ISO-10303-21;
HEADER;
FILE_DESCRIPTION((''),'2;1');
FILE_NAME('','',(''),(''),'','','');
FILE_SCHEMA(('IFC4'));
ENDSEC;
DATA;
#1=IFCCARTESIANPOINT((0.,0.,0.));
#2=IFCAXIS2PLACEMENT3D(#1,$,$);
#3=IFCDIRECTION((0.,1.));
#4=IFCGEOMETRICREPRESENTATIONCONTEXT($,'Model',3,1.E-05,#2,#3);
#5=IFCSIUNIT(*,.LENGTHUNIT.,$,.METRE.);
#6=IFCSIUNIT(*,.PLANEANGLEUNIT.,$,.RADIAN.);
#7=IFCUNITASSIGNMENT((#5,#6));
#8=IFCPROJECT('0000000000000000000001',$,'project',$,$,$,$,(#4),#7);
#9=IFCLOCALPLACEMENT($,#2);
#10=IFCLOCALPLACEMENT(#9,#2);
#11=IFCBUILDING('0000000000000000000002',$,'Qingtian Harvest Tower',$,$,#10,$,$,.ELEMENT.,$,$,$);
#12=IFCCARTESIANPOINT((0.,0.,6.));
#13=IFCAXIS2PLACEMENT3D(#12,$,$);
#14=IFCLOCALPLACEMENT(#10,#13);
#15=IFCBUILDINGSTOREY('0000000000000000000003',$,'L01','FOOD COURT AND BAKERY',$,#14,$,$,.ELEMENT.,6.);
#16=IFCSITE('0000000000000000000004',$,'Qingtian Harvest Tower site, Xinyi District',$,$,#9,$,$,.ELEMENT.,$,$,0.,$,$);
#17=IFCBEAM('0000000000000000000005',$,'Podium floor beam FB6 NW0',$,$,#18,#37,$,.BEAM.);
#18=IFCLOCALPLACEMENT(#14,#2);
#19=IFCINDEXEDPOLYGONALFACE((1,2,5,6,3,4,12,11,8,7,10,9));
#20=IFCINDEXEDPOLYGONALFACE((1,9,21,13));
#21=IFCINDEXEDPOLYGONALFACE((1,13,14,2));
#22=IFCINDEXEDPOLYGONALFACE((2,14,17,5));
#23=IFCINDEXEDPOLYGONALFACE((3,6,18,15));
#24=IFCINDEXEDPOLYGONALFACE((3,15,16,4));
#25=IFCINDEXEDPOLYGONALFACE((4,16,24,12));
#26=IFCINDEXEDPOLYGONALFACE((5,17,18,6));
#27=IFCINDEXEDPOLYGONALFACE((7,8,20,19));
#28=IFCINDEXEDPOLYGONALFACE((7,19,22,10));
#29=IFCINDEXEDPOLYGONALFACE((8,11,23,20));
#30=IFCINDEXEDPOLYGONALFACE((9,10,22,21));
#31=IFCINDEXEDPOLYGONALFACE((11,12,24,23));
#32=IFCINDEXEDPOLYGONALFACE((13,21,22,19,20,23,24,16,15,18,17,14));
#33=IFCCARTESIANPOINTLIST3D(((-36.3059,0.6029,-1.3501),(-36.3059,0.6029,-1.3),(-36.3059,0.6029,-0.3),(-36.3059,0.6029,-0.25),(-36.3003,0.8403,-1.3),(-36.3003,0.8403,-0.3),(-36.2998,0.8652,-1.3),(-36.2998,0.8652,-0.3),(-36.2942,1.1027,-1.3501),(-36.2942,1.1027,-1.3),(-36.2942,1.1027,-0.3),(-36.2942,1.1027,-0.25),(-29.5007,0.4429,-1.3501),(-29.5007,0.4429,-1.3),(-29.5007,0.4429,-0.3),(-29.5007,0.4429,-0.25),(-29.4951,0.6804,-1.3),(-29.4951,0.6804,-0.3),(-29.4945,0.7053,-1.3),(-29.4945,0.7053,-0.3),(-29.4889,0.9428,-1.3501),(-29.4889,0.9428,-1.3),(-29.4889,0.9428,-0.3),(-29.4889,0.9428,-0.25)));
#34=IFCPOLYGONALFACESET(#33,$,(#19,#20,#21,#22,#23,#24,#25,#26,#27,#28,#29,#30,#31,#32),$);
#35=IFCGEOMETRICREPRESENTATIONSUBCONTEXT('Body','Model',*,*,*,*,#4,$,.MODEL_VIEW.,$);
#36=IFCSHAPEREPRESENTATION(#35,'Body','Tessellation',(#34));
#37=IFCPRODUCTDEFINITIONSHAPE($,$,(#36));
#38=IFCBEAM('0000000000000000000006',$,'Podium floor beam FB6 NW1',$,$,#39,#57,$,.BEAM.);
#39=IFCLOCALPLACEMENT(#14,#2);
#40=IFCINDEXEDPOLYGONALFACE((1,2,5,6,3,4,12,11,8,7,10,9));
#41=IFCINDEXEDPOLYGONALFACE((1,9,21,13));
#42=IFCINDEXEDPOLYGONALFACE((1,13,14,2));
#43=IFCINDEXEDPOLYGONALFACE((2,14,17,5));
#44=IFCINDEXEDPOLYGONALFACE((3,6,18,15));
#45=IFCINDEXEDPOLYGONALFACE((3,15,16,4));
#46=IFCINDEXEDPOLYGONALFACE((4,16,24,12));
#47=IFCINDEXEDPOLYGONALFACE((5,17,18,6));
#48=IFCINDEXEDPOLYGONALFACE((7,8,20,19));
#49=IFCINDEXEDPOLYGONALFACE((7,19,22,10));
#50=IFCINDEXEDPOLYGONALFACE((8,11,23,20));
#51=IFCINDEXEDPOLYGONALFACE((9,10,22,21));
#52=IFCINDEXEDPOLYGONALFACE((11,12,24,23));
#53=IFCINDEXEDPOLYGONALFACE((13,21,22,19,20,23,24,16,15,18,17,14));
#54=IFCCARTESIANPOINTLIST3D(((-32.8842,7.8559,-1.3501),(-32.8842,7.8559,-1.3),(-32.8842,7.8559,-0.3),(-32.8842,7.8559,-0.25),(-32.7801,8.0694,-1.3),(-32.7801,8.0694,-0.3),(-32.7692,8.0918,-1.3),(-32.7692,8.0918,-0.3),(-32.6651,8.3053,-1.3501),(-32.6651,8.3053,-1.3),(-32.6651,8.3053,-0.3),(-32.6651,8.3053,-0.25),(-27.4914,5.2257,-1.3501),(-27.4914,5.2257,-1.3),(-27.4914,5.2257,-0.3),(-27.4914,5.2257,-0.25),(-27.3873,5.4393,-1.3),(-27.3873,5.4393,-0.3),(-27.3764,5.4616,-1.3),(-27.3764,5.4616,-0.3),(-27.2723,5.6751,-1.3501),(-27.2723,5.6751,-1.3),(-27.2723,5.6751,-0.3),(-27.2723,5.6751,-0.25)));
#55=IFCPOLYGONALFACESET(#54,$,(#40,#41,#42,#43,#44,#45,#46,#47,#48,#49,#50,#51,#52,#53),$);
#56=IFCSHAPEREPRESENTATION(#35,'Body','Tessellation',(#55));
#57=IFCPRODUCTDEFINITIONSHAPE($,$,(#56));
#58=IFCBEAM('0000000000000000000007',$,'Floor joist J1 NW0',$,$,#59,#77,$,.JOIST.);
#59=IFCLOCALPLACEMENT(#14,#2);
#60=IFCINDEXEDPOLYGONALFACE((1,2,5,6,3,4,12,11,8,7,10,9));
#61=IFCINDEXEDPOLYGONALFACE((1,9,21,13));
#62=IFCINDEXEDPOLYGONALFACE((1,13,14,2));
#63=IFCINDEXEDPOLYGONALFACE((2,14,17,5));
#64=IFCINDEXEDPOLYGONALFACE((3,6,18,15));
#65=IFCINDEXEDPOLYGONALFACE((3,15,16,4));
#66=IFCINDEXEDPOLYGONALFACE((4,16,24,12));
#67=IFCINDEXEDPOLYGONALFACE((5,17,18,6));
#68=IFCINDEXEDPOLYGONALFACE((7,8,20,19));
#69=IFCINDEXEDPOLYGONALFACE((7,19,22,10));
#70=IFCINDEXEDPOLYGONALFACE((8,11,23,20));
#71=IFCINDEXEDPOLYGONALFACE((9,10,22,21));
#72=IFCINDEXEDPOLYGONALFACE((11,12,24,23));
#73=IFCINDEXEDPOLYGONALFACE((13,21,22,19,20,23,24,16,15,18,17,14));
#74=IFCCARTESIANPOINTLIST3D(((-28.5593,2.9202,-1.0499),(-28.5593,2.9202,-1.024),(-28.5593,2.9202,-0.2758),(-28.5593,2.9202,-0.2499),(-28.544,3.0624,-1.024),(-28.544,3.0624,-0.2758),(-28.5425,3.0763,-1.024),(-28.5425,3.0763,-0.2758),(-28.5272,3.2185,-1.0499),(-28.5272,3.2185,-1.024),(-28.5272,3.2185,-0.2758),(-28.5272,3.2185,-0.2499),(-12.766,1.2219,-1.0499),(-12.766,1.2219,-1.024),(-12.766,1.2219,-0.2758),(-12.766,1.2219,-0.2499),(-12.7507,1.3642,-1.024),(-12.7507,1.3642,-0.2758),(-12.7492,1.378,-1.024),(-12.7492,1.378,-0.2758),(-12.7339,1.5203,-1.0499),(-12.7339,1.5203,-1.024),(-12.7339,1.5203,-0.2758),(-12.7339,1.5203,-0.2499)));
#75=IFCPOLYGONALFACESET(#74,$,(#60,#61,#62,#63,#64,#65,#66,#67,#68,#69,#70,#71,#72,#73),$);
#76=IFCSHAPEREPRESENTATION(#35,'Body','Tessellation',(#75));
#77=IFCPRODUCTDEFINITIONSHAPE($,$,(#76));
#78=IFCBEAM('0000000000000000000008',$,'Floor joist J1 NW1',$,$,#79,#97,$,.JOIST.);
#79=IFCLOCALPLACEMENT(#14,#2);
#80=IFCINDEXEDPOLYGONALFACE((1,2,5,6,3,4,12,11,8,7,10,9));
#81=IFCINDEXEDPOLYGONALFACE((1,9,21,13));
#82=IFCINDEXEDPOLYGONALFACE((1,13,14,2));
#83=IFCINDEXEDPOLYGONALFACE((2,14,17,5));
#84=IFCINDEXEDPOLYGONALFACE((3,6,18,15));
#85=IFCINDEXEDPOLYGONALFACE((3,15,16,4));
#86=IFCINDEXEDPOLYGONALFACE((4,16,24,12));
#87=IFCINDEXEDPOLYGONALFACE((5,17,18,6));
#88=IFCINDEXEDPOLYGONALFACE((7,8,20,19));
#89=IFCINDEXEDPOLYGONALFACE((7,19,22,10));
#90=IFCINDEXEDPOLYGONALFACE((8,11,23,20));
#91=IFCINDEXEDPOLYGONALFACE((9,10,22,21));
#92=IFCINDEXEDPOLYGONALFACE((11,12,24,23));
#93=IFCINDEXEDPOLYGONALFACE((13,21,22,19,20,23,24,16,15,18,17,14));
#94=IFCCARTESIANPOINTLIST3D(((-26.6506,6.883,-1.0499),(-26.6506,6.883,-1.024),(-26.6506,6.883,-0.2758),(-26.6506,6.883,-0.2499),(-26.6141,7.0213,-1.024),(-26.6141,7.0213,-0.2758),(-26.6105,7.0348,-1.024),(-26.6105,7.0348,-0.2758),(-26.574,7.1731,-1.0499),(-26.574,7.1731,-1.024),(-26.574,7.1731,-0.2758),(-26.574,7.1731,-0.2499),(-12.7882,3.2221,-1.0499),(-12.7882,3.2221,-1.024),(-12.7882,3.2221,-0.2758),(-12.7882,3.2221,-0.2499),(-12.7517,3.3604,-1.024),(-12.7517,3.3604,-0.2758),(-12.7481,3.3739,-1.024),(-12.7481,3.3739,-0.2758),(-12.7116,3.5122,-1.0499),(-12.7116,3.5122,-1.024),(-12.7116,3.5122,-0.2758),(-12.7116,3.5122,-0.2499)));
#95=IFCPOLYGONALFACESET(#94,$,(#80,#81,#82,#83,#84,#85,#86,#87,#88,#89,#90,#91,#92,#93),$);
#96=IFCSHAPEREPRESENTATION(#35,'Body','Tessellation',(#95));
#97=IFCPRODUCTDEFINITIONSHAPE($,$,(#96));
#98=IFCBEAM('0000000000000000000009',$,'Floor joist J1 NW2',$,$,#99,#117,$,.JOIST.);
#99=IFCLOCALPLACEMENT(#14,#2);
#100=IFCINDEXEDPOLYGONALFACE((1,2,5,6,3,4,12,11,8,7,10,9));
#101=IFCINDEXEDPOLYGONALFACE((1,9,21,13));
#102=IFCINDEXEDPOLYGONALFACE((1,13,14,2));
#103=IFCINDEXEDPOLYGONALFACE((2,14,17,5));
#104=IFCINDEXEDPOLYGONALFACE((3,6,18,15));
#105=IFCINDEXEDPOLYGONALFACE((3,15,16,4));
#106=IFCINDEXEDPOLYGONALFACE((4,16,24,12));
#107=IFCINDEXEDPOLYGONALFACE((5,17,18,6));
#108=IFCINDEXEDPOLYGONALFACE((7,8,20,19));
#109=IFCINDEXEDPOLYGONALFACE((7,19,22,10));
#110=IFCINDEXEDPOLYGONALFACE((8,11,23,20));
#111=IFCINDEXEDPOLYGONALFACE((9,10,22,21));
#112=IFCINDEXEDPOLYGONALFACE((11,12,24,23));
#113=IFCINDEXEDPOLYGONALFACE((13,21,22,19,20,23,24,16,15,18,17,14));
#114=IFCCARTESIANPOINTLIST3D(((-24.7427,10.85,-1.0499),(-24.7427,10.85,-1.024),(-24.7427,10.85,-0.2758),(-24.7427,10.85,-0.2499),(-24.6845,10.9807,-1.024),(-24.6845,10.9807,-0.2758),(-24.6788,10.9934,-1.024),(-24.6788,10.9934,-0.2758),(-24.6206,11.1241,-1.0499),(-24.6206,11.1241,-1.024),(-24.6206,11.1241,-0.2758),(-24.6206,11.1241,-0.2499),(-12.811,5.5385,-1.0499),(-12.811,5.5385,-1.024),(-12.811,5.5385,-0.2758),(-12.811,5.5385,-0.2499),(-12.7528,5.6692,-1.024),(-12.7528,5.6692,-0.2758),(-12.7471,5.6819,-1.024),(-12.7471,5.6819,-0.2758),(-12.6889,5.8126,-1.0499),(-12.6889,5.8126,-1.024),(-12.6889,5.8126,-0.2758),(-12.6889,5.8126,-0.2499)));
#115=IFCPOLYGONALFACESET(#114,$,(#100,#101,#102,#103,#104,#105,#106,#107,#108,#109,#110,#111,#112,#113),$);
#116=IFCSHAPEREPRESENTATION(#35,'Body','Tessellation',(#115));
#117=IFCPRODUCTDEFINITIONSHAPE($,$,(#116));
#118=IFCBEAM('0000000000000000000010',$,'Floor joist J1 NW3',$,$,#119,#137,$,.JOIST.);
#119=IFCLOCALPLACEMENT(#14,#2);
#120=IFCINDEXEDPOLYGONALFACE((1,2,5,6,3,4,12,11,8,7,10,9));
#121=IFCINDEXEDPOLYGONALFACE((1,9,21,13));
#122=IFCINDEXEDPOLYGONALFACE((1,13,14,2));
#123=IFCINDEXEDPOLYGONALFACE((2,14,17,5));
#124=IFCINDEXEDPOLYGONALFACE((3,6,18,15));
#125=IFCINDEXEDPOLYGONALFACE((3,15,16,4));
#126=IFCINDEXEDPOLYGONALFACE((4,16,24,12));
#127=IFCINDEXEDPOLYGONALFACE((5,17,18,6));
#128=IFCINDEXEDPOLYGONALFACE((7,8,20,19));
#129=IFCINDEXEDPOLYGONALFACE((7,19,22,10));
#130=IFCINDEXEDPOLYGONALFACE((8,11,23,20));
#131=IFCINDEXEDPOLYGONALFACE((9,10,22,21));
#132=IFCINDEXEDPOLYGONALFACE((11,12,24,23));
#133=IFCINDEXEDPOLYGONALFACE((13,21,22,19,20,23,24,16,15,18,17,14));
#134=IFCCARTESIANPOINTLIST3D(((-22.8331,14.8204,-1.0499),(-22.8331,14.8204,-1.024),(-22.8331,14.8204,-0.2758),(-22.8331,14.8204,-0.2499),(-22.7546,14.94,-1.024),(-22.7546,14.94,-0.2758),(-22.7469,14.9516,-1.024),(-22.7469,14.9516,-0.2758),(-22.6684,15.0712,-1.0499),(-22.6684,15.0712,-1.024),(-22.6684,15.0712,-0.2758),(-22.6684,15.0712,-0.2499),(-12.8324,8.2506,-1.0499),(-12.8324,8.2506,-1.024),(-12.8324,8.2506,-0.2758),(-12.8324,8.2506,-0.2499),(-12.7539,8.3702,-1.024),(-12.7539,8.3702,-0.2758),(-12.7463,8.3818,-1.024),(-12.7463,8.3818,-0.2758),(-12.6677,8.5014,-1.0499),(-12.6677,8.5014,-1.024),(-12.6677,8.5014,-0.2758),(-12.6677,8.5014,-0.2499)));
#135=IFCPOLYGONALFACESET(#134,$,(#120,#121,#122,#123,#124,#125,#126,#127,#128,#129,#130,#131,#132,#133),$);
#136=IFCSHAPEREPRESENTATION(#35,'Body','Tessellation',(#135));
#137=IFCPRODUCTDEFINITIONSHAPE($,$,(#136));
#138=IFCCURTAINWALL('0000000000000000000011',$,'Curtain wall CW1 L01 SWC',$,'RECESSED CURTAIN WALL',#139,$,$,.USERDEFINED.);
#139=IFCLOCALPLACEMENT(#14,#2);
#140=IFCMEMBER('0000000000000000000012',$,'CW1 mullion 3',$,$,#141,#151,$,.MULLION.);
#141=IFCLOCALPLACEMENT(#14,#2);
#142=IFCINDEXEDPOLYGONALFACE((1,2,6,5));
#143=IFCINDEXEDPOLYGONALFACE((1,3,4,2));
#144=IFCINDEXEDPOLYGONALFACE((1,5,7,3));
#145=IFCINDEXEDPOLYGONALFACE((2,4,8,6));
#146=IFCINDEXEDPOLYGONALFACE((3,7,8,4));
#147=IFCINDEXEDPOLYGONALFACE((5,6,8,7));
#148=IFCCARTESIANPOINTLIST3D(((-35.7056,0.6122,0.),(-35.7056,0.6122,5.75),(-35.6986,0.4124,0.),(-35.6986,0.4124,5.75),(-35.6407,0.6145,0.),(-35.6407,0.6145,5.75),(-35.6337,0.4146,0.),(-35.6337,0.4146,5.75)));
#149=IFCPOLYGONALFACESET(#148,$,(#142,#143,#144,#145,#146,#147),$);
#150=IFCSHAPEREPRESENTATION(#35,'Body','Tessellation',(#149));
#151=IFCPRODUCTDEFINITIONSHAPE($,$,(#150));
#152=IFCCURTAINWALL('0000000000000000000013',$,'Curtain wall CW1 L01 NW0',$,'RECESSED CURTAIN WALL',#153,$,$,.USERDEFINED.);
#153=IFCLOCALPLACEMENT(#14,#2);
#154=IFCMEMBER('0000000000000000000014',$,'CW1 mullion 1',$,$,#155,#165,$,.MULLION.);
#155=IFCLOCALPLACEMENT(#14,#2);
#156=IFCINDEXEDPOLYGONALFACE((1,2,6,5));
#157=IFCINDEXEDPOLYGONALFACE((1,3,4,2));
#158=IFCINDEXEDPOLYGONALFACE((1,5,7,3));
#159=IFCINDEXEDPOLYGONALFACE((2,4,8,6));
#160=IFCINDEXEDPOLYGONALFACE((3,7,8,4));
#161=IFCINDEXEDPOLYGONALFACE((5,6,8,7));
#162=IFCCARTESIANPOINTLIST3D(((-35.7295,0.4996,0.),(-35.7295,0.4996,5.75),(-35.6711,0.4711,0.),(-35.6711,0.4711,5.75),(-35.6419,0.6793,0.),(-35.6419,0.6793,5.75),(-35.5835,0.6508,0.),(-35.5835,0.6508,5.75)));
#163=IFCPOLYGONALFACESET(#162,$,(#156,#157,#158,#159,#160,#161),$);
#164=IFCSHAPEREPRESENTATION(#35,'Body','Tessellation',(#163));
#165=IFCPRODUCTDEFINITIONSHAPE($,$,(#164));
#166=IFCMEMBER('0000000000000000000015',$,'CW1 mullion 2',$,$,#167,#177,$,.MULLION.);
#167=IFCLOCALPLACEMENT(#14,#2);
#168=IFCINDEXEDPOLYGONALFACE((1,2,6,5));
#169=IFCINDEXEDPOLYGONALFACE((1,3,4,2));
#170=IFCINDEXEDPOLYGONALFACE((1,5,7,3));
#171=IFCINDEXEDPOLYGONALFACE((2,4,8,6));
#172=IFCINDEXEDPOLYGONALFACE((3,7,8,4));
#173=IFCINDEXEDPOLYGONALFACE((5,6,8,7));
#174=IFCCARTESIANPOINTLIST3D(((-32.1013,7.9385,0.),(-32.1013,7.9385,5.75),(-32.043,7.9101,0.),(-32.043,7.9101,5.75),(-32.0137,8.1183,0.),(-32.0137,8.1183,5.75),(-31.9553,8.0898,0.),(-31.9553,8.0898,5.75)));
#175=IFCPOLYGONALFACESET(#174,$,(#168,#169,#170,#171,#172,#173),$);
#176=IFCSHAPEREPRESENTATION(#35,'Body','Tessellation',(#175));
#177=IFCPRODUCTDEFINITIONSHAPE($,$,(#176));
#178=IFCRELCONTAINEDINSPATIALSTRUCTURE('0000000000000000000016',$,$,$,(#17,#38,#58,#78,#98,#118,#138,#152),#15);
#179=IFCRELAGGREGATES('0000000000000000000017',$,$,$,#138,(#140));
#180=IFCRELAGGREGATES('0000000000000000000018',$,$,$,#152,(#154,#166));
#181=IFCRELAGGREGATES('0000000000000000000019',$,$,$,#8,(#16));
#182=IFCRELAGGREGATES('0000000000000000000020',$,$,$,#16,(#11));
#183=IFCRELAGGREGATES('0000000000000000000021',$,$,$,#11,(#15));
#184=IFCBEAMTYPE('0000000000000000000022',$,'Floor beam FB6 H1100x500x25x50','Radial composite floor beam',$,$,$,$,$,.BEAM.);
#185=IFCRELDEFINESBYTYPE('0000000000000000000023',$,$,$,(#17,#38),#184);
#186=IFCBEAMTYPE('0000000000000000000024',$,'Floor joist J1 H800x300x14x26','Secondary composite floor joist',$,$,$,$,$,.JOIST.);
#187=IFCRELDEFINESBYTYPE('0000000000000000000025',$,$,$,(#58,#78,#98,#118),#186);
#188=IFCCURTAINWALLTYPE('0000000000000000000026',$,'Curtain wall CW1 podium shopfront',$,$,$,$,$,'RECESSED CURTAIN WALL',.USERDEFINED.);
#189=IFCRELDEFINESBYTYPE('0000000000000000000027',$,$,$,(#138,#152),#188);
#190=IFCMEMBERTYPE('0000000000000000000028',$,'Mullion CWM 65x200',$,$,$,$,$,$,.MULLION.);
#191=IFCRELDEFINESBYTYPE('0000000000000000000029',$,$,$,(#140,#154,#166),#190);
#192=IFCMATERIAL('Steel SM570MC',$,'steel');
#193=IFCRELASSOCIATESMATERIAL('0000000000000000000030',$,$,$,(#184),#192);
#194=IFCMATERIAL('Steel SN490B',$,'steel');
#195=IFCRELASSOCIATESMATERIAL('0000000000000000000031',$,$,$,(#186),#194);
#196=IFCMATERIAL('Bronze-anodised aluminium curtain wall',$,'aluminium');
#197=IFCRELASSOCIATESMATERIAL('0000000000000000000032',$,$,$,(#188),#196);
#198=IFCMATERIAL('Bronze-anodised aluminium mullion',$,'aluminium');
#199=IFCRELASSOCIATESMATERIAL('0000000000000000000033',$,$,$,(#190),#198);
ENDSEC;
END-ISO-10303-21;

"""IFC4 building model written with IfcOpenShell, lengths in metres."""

from ifc_helpers import new_model, si_unit, direction, frame, origin, origin_2d, place, context, subcontext, project, spatial, rectangle, i_section, extrude, material, material_profile, profile_set, type_object, element, aggregate, save


model = new_model("IFC4")

# Units and contexts
model_context = context("Model", 3, precision=1e-05, world=origin(), true_north=direction((0.0, 1.0)))
body_context = subcontext(model_context, "Body", "Model", "MODEL_VIEW")
ifc_project = project(units=[si_unit("LENGTHUNIT", "METRE"), si_unit("PLANEANGLEUNIT", "RADIAN")], contexts=[model_context])

# Site, building, storey
site_placement = place(None, origin())
site = spatial("IfcSite", under=ifc_project, at=site_placement, Name="Qingtian Harvest Tower site, Xinyi District", CompositionType="ELEMENT", RefElevation=0.0)
building_placement = place(site_placement, origin())
building = spatial("IfcBuilding", under=site, at=building_placement, Name="Qingtian Harvest Tower", CompositionType="ELEMENT")
storey_placement = place(building_placement, frame((0.0, 0.0, 6.0)))
storey = spatial("IfcBuildingStorey", under=building, at=storey_placement, Name="L01", Description="FOOD COURT AND BAKERY", CompositionType="ELEMENT", Elevation=6.0)

# Beams
ifc_material_1 = material(Name="Steel SM570MC", Category="steel")
ifc_material_profile_1 = material_profile(ifc_material_1, i_section(OverallWidth=0.5, OverallDepth=1.1001, WebThickness=0.0249, FlangeThickness=0.05, at=origin_2d()), Name="H1100x500x25x50")
ifc_profile_set_1 = profile_set([ifc_material_profile_1], Name="Steel SM570MC")
beam_type_1 = type_object("IfcBeamType", Name="Floor beam FB6 H1100x500x25x50", Description="Radial composite floor beam", PredefinedType="BEAM", material=ifc_profile_set_1)
beam_1_placement = place(storey_placement, frame((-36.3, 0.8528, -0.8), z_axis=(0.999724, -0.023492, 0.0), x_axis=(0.023492, 0.999724, 0.0)))
element("IfcBeam", 1, at=beam_1_placement, inside=storey, type_object=beam_type_1, Name="Podium floor beam FB6 NW0", PredefinedType="BEAM", context=body_context, shape_type="SweptSolid", body=[
    extrude(i_section(OverallWidth=0.5, OverallDepth=1.1001, WebThickness=0.0249, FlangeThickness=0.05, at=origin_2d()), origin(), (0.0, 0.0, 1.0), 6.8071),
])
beam_2_placement = place(storey_placement, frame((-32.7747, 8.0806, -0.8), z_axis=(0.898802, -0.438354, 0.0), x_axis=(0.438354, 0.898802, 0.0)))
element("IfcBeam", 2, at=beam_2_placement, inside=storey, type_object=beam_type_1, Name="Podium floor beam FB6 NW1", PredefinedType="BEAM", context=body_context, shape_type="SweptSolid", body=[
    extrude(i_section(OverallWidth=0.5, OverallDepth=1.1001, WebThickness=0.0249, FlangeThickness=0.05, at=origin_2d()), origin(), (0.0, 0.0, 1.0), 6.0),
])
ifc_material_2 = material(Name="Steel SN490B", Category="steel")
ifc_material_profile_2 = material_profile(ifc_material_2, i_section(OverallWidth=0.3, OverallDepth=0.8, WebThickness=0.0139, FlangeThickness=0.0259, at=origin_2d()), Name="H800x300x14x26")
ifc_profile_set_2 = profile_set([ifc_material_profile_2], Name="Steel SN490B")
beam_type_2 = type_object("IfcBeamType", Name="Floor joist J1 H800x300x14x26", Description="Secondary composite floor joist", PredefinedType="JOIST", material=ifc_profile_set_2)
beam_3_placement = place(storey_placement, frame((-28.5432, 3.0693, -0.6499), z_axis=(0.994268, -0.106914, 0.0), x_axis=(0.106914, 0.994268, 0.0)))
element("IfcBeam", 3, at=beam_3_placement, inside=storey, type_object=beam_type_2, Name="Floor joist J1 NW0", PredefinedType="JOIST", context=body_context, shape_type="SweptSolid", body=[
    extrude(i_section(OverallWidth=0.3, OverallDepth=0.8, WebThickness=0.0139, FlangeThickness=0.0259, at=origin_2d()), origin(), (0.0, 0.0, 1.0), 15.8843),
])
beam_4_placement = place(storey_placement, frame((-26.6123, 7.0281, -0.6499), z_axis=(0.966852, -0.255336, 0.0), x_axis=(0.255336, 0.966852, 0.0)))
element("IfcBeam", 4, at=beam_4_placement, inside=storey, type_object=beam_type_2, Name="Floor joist J1 NW1", PredefinedType="JOIST", context=body_context, shape_type="SweptSolid", body=[
    extrude(i_section(OverallWidth=0.3, OverallDepth=0.8, WebThickness=0.0139, FlangeThickness=0.0259, at=origin_2d()), origin(), (0.0, 0.0, 1.0), 14.3376),
])
beam_5_placement = place(storey_placement, frame((-24.6816, 10.9871, -0.6499), z_axis=(0.913568, -0.406686, 0.0), x_axis=(0.406686, 0.913568, 0.0)))
element("IfcBeam", 5, at=beam_5_placement, inside=storey, type_object=beam_type_2, Name="Floor joist J1 NW2", PredefinedType="JOIST", context=body_context, shape_type="SweptSolid", body=[
    extrude(i_section(OverallWidth=0.3, OverallDepth=0.8, WebThickness=0.0139, FlangeThickness=0.0259, at=origin_2d()), origin(), (0.0, 0.0, 1.0), 13.0605),
])
beam_6_placement = place(storey_placement, frame((-22.7507, 14.9458, -0.6499), z_axis=(0.835785, -0.549056, 0.0), x_axis=(0.549056, 0.835785, 0.0)))
element("IfcBeam", 6, at=beam_6_placement, inside=storey, type_object=beam_type_2, Name="Floor joist J1 NW3", PredefinedType="JOIST", context=body_context, shape_type="SweptSolid", body=[
    extrude(i_section(OverallWidth=0.3, OverallDepth=0.8, WebThickness=0.0139, FlangeThickness=0.0259, at=origin_2d()), origin(), (0.0, 0.0, 1.0), 11.9656),
])

# Curtain wall, member
ifc_material_3 = material(Name="Bronze-anodised aluminium curtain wall", Category="aluminium")
curtain_wall_type = type_object("IfcCurtainWallType", Name="Curtain wall CW1 podium shopfront", ElementType="RECESSED CURTAIN WALL", PredefinedType="USERDEFINED", material=ifc_material_3)
curtain_wall_1_placement = place(storey_placement, origin())
curtain_wall_1 = element("IfcCurtainWall", 7, at=curtain_wall_1_placement, inside=storey, type_object=curtain_wall_type, Name="Curtain wall CW1 L01 SWC", ObjectType="RECESSED CURTAIN WALL", PredefinedType="USERDEFINED")
ifc_material_4 = material(Name="Bronze-anodised aluminium mullion", Category="aluminium")
ifc_material_profile_3 = material_profile(ifc_material_4, rectangle(XDim=0.0649, YDim=0.2, at=origin_2d()), Name="AL 65x200")
ifc_profile_set_3 = profile_set([ifc_material_profile_3], Name="Bronze-anodised aluminium mullion")
member_type_1 = type_object("IfcMemberType", Name="Mullion CWM 65x200", PredefinedType="MULLION", material=ifc_profile_set_3)
member_1_placement = place(storey_placement, frame((-35.6697, 0.5134, 0.0), z_axis=(0.0, 0.0, 1.0), x_axis=(-0.999391, -0.034899, 0.0)))
member_1 = element("IfcMember", 8, at=member_1_placement, type_object=member_type_1, Name="CW1 mullion 3", PredefinedType="MULLION", context=body_context, shape_type="SweptSolid", body=[
    extrude(rectangle(XDim=0.0649, YDim=0.2, at=origin_2d()), origin(), (0.0, 0.0, 1.0), 5.75),
])
aggregate(curtain_wall_1, [member_1])

# Curtain wall, members
curtain_wall_2_placement = place(storey_placement, origin())
curtain_wall_2 = element("IfcCurtainWall", 9, at=curtain_wall_2_placement, inside=storey, type_object=curtain_wall_type, Name="Curtain wall CW1 L01 NW0", ObjectType="RECESSED CURTAIN WALL", PredefinedType="USERDEFINED")
member_2_placement = place(storey_placement, frame((-35.6565, 0.5752, 0.0), z_axis=(0.0, 0.0, 1.0), x_axis=(-0.898794, 0.438371, 0.0)))
member_2 = element("IfcMember", 10, at=member_2_placement, type_object=member_type_1, Name="CW1 mullion 1", PredefinedType="MULLION", context=body_context, shape_type="SweptSolid", body=[
    extrude(rectangle(XDim=0.0649, YDim=0.2, at=origin_2d()), origin(), (0.0, 0.0, 1.0), 5.75),
])
member_3_placement = place(storey_placement, frame((-32.0283, 8.0142, 0.0), z_axis=(0.0, 0.0, 1.0), x_axis=(-0.898794, 0.438371, 0.0)))
member_3 = element("IfcMember", 11, at=member_3_placement, type_object=member_type_1, Name="CW1 mullion 2", PredefinedType="MULLION", context=body_context, shape_type="SweptSolid", body=[
    extrude(rectangle(XDim=0.0649, YDim=0.2, at=origin_2d()), origin(), (0.0, 0.0, 1.0), 5.75),
])

aggregate(curtain_wall_2, [member_2, member_3])

save(model, "model.ifc")
